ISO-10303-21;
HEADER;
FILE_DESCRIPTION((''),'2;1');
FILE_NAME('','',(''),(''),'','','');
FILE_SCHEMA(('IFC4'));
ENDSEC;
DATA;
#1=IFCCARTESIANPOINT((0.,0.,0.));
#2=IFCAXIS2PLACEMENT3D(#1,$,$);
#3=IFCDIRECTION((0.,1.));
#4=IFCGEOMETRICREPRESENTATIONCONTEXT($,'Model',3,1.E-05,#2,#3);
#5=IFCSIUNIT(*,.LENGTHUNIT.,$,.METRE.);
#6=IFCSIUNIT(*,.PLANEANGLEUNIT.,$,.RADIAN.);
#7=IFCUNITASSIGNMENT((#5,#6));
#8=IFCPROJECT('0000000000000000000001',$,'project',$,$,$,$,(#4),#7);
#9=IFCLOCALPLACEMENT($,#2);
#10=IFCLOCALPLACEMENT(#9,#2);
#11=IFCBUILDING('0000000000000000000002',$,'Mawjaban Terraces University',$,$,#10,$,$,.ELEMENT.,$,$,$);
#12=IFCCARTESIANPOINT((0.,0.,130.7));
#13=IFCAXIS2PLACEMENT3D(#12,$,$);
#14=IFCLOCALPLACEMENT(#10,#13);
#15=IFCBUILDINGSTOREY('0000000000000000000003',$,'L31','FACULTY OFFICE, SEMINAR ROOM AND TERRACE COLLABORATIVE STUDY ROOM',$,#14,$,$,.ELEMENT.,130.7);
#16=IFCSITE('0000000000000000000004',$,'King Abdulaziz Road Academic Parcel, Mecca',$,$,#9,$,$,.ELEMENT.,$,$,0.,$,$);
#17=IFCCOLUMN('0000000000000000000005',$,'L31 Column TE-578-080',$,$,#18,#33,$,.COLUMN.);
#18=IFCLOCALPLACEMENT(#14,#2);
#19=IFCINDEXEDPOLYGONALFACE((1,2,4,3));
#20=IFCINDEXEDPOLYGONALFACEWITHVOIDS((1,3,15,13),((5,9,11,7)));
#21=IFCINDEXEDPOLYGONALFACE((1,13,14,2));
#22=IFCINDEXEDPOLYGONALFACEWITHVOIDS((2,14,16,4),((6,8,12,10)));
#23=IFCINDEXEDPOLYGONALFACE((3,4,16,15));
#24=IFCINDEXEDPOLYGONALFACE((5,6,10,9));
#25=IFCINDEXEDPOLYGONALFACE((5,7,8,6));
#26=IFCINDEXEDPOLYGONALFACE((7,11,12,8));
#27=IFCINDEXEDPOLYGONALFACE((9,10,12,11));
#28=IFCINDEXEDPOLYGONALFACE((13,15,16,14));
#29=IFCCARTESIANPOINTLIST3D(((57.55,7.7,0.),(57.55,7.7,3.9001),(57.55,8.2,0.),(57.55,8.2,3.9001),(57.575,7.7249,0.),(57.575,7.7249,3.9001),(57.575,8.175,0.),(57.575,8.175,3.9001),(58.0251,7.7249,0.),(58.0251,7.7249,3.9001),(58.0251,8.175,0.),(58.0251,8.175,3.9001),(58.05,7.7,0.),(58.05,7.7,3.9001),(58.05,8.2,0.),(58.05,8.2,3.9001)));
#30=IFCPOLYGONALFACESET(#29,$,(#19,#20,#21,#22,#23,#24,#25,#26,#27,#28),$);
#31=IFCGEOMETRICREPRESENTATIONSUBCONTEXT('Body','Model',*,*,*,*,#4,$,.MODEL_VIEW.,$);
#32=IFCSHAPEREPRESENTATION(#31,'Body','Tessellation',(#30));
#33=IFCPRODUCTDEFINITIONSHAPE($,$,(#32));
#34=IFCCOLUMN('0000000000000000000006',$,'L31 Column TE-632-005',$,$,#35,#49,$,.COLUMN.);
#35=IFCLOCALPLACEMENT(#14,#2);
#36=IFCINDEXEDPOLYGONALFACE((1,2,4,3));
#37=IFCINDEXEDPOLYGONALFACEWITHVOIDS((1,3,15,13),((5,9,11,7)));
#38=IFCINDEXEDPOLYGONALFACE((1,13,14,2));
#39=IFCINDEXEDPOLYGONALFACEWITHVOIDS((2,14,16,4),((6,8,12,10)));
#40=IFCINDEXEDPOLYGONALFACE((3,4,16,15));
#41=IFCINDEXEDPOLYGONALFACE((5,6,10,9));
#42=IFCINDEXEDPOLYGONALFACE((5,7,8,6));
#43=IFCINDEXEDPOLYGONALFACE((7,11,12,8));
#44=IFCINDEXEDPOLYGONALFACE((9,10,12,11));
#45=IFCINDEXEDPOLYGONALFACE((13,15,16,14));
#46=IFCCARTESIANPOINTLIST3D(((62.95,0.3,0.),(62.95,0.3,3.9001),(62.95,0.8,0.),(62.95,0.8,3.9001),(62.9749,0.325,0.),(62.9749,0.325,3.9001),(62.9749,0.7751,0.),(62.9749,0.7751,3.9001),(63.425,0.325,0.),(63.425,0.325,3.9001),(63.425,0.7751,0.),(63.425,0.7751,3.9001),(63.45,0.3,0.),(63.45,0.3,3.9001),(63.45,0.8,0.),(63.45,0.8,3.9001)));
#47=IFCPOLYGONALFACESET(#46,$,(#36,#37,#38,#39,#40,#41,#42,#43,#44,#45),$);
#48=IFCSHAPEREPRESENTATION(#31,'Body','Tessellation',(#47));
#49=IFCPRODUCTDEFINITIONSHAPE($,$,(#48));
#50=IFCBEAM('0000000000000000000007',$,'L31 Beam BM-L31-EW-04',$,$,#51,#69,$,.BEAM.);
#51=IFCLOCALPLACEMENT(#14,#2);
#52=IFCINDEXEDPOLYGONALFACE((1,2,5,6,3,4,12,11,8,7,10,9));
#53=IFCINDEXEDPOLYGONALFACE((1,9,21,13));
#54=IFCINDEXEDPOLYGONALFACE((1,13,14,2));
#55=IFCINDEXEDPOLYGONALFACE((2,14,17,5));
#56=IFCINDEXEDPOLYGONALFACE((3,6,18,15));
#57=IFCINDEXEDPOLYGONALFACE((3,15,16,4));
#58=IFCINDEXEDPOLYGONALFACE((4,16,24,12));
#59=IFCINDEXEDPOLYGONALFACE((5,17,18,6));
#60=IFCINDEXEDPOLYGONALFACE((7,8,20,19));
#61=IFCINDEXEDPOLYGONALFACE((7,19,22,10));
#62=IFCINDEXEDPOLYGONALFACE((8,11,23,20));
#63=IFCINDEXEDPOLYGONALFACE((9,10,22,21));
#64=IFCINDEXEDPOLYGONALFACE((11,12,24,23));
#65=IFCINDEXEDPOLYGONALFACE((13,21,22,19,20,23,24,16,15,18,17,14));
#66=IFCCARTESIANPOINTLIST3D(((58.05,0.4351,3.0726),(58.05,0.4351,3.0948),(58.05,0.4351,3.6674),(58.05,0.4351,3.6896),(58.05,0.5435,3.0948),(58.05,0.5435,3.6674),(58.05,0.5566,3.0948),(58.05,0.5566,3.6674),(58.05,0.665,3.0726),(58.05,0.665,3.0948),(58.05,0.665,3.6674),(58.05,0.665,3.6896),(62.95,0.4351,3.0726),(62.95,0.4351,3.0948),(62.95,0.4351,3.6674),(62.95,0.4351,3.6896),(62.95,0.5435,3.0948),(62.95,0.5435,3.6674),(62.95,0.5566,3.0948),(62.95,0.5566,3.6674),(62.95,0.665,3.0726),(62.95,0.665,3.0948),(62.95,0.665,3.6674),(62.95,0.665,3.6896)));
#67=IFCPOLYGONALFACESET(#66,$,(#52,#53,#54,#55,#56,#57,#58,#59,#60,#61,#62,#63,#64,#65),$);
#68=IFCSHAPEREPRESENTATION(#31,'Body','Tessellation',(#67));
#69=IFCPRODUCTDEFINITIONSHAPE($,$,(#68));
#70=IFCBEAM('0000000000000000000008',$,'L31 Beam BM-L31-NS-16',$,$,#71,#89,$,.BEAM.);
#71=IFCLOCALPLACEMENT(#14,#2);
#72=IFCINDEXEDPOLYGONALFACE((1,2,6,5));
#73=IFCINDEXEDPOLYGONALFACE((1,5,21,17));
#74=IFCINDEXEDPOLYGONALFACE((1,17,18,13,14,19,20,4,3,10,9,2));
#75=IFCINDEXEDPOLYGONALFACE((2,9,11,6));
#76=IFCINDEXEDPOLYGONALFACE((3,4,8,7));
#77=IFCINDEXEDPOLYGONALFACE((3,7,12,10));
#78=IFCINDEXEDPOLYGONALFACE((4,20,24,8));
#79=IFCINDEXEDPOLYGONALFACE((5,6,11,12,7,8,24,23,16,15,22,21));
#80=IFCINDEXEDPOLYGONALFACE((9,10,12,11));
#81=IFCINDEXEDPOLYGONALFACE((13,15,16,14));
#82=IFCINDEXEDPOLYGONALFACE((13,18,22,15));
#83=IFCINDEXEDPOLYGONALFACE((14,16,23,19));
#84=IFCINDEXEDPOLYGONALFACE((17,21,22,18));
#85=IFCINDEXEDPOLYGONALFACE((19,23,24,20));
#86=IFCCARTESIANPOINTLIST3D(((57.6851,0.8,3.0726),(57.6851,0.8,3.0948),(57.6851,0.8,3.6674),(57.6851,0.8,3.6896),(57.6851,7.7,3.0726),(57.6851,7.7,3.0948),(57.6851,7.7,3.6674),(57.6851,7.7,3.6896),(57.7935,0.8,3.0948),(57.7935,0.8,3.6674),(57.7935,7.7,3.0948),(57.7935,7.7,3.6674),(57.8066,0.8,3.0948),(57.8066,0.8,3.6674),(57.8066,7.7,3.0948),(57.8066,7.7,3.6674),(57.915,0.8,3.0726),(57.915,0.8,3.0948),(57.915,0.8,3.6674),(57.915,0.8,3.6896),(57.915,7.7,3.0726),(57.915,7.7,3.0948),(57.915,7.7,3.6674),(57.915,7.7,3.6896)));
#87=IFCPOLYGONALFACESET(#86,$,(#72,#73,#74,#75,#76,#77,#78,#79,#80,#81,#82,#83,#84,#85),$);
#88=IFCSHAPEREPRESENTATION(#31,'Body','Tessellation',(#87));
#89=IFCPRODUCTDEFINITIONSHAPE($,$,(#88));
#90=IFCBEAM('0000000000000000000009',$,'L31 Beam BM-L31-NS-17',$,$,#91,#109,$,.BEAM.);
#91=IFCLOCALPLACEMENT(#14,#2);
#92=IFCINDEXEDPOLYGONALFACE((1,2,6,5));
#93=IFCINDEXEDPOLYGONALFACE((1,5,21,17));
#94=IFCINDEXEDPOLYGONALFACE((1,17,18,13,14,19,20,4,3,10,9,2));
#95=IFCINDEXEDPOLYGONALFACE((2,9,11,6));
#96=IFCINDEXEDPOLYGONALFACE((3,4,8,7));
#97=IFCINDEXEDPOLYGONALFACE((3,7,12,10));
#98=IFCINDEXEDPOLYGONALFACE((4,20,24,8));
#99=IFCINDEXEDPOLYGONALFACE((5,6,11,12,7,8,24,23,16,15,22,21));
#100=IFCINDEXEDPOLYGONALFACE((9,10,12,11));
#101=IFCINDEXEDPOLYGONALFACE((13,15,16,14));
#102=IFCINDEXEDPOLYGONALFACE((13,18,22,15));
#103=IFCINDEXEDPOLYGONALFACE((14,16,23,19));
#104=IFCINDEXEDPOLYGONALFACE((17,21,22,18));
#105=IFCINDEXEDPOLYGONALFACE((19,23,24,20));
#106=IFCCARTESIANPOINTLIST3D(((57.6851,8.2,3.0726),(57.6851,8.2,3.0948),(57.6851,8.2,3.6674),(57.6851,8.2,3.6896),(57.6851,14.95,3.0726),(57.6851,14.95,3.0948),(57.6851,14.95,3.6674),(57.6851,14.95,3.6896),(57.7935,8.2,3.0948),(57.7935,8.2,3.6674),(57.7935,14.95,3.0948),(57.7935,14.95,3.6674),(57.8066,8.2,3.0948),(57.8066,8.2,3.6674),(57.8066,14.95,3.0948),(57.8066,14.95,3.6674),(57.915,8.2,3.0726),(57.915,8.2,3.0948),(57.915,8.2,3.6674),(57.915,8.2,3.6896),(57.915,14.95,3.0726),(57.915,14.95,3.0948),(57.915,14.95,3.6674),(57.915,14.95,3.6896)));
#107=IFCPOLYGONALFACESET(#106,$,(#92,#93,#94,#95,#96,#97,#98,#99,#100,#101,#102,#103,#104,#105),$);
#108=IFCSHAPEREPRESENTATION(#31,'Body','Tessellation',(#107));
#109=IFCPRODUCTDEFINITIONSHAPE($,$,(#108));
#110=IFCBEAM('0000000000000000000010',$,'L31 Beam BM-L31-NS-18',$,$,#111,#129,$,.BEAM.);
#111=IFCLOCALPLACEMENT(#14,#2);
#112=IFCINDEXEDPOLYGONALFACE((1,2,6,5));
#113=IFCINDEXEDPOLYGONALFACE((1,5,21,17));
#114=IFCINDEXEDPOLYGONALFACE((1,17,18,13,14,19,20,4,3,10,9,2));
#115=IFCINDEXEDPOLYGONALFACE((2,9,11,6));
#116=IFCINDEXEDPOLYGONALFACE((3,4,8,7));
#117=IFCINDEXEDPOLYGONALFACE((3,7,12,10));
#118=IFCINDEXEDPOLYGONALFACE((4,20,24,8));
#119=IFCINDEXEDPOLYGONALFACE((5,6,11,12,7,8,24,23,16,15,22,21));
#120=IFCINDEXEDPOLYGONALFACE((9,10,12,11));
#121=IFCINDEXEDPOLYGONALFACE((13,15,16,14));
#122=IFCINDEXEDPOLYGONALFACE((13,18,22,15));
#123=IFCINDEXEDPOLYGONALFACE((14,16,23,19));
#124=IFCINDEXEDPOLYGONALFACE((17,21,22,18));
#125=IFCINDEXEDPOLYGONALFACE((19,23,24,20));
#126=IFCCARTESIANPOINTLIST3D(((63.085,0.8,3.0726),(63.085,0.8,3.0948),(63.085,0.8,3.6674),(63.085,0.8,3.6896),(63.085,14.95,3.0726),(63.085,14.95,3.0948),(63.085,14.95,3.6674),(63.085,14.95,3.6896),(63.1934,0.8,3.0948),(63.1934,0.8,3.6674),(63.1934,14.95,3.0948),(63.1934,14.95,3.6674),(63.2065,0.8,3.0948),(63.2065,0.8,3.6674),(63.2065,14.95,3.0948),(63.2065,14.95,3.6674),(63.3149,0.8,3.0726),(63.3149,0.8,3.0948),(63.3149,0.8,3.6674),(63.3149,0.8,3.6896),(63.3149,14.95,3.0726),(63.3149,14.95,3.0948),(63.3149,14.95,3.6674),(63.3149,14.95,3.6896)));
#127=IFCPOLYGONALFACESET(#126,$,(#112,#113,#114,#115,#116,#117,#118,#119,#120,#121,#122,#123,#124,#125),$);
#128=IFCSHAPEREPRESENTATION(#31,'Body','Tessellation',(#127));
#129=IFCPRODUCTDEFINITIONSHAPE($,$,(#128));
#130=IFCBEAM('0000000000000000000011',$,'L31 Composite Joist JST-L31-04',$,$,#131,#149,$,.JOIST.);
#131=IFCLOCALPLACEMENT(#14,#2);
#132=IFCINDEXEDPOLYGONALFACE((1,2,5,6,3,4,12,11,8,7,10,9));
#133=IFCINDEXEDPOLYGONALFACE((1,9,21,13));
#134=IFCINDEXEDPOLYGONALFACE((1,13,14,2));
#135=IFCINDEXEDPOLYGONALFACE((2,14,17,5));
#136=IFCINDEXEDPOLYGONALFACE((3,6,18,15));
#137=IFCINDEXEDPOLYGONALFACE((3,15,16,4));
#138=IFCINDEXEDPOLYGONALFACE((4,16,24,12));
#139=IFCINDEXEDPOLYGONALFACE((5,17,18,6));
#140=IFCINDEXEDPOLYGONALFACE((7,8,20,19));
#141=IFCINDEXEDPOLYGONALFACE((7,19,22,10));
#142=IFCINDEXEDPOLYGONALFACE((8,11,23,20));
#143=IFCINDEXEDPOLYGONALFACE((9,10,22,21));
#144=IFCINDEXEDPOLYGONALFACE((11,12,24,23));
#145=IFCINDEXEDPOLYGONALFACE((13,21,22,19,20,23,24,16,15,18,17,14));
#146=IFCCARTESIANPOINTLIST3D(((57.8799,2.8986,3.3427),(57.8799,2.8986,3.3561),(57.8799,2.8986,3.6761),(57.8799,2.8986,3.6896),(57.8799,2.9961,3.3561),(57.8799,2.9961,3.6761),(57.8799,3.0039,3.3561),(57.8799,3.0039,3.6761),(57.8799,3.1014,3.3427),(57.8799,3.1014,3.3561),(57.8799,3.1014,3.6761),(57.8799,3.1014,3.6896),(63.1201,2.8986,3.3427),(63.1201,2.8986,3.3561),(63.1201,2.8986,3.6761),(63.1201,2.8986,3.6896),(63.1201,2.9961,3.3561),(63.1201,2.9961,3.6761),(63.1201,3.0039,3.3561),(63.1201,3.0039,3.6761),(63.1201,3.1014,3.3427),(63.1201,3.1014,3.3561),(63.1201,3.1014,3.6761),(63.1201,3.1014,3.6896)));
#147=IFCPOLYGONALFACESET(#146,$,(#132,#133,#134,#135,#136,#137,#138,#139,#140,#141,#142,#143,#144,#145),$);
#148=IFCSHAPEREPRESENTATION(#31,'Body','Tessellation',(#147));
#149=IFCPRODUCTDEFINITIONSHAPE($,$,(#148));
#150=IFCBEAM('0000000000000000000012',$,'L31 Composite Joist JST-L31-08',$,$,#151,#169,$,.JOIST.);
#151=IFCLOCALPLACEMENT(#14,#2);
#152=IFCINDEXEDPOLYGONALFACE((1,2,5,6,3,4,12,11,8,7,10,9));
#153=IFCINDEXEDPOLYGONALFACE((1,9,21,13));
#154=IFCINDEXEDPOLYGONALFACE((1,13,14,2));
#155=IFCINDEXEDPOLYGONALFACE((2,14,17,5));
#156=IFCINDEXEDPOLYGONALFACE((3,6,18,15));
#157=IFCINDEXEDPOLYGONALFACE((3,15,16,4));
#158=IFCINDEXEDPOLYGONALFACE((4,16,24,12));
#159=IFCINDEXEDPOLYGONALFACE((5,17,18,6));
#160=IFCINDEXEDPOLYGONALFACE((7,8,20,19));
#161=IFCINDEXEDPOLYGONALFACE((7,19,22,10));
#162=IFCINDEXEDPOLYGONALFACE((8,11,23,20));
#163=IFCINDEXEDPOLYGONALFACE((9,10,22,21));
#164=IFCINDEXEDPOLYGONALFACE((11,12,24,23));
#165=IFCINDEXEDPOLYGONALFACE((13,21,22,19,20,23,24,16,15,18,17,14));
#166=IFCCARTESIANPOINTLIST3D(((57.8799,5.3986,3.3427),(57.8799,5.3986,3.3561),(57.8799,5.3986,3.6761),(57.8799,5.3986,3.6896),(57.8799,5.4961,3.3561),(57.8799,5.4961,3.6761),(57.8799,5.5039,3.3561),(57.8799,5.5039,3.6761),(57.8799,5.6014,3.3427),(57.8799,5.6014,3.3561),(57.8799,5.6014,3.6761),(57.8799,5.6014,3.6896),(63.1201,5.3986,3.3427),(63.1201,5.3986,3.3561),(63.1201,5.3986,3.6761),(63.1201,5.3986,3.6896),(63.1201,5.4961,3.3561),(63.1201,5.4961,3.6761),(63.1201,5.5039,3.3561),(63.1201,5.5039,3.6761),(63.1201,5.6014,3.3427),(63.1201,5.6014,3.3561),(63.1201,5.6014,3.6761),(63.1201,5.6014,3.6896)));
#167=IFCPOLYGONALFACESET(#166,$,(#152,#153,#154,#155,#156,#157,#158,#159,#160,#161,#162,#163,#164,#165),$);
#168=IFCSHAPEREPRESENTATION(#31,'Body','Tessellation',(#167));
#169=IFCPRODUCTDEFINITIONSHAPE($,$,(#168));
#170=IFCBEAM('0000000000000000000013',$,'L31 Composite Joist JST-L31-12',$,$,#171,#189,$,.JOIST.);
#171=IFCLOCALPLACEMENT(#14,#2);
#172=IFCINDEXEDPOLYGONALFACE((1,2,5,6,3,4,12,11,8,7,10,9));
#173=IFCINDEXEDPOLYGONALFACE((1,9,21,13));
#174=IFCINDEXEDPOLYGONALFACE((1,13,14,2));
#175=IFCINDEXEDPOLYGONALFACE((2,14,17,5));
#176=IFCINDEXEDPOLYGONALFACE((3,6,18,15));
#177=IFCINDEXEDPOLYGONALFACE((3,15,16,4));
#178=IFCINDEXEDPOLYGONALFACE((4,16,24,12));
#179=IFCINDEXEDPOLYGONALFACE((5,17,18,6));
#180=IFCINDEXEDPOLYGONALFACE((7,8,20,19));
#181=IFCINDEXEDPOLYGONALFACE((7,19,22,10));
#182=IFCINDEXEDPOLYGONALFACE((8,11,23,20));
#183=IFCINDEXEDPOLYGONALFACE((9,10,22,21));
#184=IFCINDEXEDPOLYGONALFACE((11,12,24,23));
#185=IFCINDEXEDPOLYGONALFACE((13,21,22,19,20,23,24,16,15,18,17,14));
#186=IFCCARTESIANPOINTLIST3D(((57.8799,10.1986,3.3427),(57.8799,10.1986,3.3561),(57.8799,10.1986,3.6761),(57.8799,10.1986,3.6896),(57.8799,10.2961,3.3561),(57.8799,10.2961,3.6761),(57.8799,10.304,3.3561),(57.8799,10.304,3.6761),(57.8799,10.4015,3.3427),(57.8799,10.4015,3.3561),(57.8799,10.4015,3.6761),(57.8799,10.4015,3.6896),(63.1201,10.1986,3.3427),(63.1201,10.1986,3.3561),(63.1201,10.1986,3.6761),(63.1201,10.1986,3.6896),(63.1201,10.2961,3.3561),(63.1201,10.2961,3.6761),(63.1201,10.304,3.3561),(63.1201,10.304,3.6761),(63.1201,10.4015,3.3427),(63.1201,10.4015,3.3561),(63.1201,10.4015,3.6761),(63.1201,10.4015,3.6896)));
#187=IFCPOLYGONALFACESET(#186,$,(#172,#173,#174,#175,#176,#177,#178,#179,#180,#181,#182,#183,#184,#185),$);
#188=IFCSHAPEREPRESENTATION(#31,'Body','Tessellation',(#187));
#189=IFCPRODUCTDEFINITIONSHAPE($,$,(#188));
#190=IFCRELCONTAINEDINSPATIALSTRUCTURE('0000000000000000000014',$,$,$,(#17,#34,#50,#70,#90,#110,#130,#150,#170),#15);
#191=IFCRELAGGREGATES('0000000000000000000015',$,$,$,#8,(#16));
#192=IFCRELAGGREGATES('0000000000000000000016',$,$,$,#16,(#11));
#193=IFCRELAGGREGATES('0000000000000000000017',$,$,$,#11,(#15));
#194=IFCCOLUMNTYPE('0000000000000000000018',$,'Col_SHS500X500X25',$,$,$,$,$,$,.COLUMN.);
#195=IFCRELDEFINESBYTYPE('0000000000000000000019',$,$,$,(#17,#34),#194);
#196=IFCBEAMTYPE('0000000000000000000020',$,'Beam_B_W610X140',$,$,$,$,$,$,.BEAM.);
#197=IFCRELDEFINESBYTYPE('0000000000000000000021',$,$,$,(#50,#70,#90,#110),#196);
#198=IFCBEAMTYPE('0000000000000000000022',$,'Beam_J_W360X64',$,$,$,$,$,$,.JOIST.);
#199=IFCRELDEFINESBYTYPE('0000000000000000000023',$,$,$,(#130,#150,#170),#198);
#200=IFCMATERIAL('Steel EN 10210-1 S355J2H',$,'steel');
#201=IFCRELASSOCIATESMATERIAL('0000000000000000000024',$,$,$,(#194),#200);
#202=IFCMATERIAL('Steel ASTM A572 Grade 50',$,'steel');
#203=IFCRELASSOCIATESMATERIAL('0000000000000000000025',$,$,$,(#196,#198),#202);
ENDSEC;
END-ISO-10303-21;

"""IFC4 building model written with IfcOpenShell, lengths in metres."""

from ifc_helpers import new_model, si_unit, direction, frame, origin, origin_2d, place, context, subcontext, project, spatial, hollow_rectangle, i_section, extrude, material, material_profile, profile_set, type_object, element, save


model = new_model("IFC4")

# Units and contexts
model_context = context("Model", 3, precision=1e-05, world=origin(), true_north=direction((0.0, 1.0)))
body_context = subcontext(model_context, "Body", "Model", "MODEL_VIEW")
ifc_project = project(units=[si_unit("LENGTHUNIT", "METRE"), si_unit("PLANEANGLEUNIT", "RADIAN")], contexts=[model_context])

# Site, building, storey
site_placement = place(None, origin())
site = spatial("IfcSite", under=ifc_project, at=site_placement, Name="King Abdulaziz Road Academic Parcel, Mecca", CompositionType="ELEMENT", RefElevation=0.0)
building_placement = place(site_placement, origin())
building = spatial("IfcBuilding", under=site, at=building_placement, Name="Mawjaban Terraces University", CompositionType="ELEMENT")
storey_placement = place(building_placement, frame((0.0, 0.0, 130.7)))
storey = spatial("IfcBuildingStorey", under=building, at=storey_placement, Name="L31", Description="FACULTY OFFICE, SEMINAR ROOM AND TERRACE COLLABORATIVE STUDY ROOM", CompositionType="ELEMENT", Elevation=130.7)

# Columns
ifc_material_1 = material(Name="Steel EN 10210-1 S355J2H", Category="steel")
ifc_material_profile_1 = material_profile(ifc_material_1, hollow_rectangle(XDim=0.5, YDim=0.5, WallThickness=0.0249, at=origin_2d()), Name="SHS500X500X25")
ifc_profile_set_1 = profile_set([ifc_material_profile_1], Name="Steel EN 10210-1 S355J2H")
column_type = type_object("IfcColumnType", Name="Col_SHS500X500X25", PredefinedType="COLUMN", material=ifc_profile_set_1)
for number, where, z_axis, x_axis, name in (
    (1, (57.8, 7.95, 0.0), (0.0, 0.0, 1.0), (1.0, 0.0, 0.0), "L31 Column TE-578-080"),
    (2, (63.2, 0.55, 0.0), (0.0, 0.0, 1.0), (1.0, 0.0, 0.0), "L31 Column TE-632-005"),
):
    element("IfcColumn", number, at=place(storey_placement, frame(where, z_axis=z_axis, x_axis=x_axis)), inside=storey, type_object=column_type, Name=name, PredefinedType="COLUMN", context=body_context, shape_type="SweptSolid", body=[
        extrude(hollow_rectangle(XDim=0.5, YDim=0.5, WallThickness=0.0249, at=origin_2d()), origin(), (0.0, 0.0, 1.0), 3.9001),
    ])

# Beams
ifc_material_2 = material(Name="Steel ASTM A572 Grade 50", Category="steel")
ifc_material_profile_2 = material_profile(ifc_material_2, i_section(OverallWidth=0.23, OverallDepth=0.6169, WebThickness=0.0132, FlangeThickness=0.0222, at=origin_2d()), Name="W610X140")
ifc_profile_set_2 = profile_set([ifc_material_profile_2], Name="Steel ASTM A572 Grade 50")
beam_type_1 = type_object("IfcBeamType", Name="Beam_B_W610X140", PredefinedType="BEAM", material=ifc_profile_set_2)
beam_1_placement = place(storey_placement, frame((58.05, 0.55, 3.3811), z_axis=(1.0, 0.0, 0.0), x_axis=(0.0, 1.0, 0.0)))
element("IfcBeam", 3, at=beam_1_placement, inside=storey, type_object=beam_type_1, Name="L31 Beam BM-L31-EW-04", PredefinedType="BEAM", context=body_context, shape_type="SweptSolid", body=[
    extrude(i_section(OverallWidth=0.23, OverallDepth=0.6169, WebThickness=0.0132, FlangeThickness=0.0222, at=origin_2d()), origin(), (0.0, 0.0, 1.0), 4.8999),
])
beam_2_placement = place(storey_placement, frame((57.8, 0.8, 3.3811), z_axis=(0.0, 1.0, 0.0), x_axis=(-1.0, 0.0, 0.0)))
element("IfcBeam", 4, at=beam_2_placement, inside=storey, type_object=beam_type_1, Name="L31 Beam BM-L31-NS-16", PredefinedType="BEAM", context=body_context, shape_type="SweptSolid", body=[
    extrude(i_section(OverallWidth=0.23, OverallDepth=0.6169, WebThickness=0.0132, FlangeThickness=0.0222, at=origin_2d()), origin(), (0.0, 0.0, 1.0), 6.8999),
])
beam_3_placement = place(storey_placement, frame((57.8, 8.2, 3.3811), z_axis=(0.0, 1.0, 0.0), x_axis=(-1.0, 0.0, 0.0)))
element("IfcBeam", 5, at=beam_3_placement, inside=storey, type_object=beam_type_1, Name="L31 Beam BM-L31-NS-17", PredefinedType="BEAM", context=body_context, shape_type="SweptSolid", body=[
    extrude(i_section(OverallWidth=0.23, OverallDepth=0.6169, WebThickness=0.0132, FlangeThickness=0.0222, at=origin_2d()), origin(), (0.0, 0.0, 1.0), 6.75),
])
beam_4_placement = place(storey_placement, frame((63.2, 0.8, 3.3811), z_axis=(0.0, 1.0, 0.0), x_axis=(-1.0, 0.0, 0.0)))
element("IfcBeam", 6, at=beam_4_placement, inside=storey, type_object=beam_type_1, Name="L31 Beam BM-L31-NS-18", PredefinedType="BEAM", context=body_context, shape_type="SweptSolid", body=[
    extrude(i_section(OverallWidth=0.23, OverallDepth=0.6169, WebThickness=0.0132, FlangeThickness=0.0222, at=origin_2d()), origin(), (0.0, 0.0, 1.0), 14.1499),
])
ifc_material_profile_3 = material_profile(ifc_material_2, i_section(OverallWidth=0.2029, OverallDepth=0.3469, WebThickness=0.0078, FlangeThickness=0.0134, at=origin_2d()), Name="W360X64")
ifc_profile_set_3 = profile_set([ifc_material_profile_3], Name="Steel ASTM A572 Grade 50")
beam_type_2 = type_object("IfcBeamType", Name="Beam_J_W360X64", PredefinedType="JOIST", material=ifc_profile_set_3)
for number, where, z_axis, x_axis, name in (
    (7, (57.8799, 3.0, 3.5161), (1.0, 0.0, 0.0), (0.0, 1.0, 0.0), "L31 Composite Joist JST-L31-04"),
    (8, (57.8799, 5.5, 3.5161), (1.0, 0.0, 0.0), (0.0, 1.0, 0.0), "L31 Composite Joist JST-L31-08"),
    (9, (57.8799, 10.3, 3.5161), (1.0, 0.0, 0.0), (0.0, 1.0, 0.0), "L31 Composite Joist JST-L31-12"),
):
    element("IfcBeam", number, at=place(storey_placement, frame(where, z_axis=z_axis, x_axis=x_axis)), inside=storey, type_object=beam_type_2, Name=name, PredefinedType="JOIST", context=body_context, shape_type="SweptSolid", body=[
        extrude(i_section(OverallWidth=0.2029, OverallDepth=0.3469, WebThickness=0.0078, FlangeThickness=0.0134, at=origin_2d()), origin(), (0.0, 0.0, 1.0), 5.2402),
    ])

save(model, "model.ifc")
